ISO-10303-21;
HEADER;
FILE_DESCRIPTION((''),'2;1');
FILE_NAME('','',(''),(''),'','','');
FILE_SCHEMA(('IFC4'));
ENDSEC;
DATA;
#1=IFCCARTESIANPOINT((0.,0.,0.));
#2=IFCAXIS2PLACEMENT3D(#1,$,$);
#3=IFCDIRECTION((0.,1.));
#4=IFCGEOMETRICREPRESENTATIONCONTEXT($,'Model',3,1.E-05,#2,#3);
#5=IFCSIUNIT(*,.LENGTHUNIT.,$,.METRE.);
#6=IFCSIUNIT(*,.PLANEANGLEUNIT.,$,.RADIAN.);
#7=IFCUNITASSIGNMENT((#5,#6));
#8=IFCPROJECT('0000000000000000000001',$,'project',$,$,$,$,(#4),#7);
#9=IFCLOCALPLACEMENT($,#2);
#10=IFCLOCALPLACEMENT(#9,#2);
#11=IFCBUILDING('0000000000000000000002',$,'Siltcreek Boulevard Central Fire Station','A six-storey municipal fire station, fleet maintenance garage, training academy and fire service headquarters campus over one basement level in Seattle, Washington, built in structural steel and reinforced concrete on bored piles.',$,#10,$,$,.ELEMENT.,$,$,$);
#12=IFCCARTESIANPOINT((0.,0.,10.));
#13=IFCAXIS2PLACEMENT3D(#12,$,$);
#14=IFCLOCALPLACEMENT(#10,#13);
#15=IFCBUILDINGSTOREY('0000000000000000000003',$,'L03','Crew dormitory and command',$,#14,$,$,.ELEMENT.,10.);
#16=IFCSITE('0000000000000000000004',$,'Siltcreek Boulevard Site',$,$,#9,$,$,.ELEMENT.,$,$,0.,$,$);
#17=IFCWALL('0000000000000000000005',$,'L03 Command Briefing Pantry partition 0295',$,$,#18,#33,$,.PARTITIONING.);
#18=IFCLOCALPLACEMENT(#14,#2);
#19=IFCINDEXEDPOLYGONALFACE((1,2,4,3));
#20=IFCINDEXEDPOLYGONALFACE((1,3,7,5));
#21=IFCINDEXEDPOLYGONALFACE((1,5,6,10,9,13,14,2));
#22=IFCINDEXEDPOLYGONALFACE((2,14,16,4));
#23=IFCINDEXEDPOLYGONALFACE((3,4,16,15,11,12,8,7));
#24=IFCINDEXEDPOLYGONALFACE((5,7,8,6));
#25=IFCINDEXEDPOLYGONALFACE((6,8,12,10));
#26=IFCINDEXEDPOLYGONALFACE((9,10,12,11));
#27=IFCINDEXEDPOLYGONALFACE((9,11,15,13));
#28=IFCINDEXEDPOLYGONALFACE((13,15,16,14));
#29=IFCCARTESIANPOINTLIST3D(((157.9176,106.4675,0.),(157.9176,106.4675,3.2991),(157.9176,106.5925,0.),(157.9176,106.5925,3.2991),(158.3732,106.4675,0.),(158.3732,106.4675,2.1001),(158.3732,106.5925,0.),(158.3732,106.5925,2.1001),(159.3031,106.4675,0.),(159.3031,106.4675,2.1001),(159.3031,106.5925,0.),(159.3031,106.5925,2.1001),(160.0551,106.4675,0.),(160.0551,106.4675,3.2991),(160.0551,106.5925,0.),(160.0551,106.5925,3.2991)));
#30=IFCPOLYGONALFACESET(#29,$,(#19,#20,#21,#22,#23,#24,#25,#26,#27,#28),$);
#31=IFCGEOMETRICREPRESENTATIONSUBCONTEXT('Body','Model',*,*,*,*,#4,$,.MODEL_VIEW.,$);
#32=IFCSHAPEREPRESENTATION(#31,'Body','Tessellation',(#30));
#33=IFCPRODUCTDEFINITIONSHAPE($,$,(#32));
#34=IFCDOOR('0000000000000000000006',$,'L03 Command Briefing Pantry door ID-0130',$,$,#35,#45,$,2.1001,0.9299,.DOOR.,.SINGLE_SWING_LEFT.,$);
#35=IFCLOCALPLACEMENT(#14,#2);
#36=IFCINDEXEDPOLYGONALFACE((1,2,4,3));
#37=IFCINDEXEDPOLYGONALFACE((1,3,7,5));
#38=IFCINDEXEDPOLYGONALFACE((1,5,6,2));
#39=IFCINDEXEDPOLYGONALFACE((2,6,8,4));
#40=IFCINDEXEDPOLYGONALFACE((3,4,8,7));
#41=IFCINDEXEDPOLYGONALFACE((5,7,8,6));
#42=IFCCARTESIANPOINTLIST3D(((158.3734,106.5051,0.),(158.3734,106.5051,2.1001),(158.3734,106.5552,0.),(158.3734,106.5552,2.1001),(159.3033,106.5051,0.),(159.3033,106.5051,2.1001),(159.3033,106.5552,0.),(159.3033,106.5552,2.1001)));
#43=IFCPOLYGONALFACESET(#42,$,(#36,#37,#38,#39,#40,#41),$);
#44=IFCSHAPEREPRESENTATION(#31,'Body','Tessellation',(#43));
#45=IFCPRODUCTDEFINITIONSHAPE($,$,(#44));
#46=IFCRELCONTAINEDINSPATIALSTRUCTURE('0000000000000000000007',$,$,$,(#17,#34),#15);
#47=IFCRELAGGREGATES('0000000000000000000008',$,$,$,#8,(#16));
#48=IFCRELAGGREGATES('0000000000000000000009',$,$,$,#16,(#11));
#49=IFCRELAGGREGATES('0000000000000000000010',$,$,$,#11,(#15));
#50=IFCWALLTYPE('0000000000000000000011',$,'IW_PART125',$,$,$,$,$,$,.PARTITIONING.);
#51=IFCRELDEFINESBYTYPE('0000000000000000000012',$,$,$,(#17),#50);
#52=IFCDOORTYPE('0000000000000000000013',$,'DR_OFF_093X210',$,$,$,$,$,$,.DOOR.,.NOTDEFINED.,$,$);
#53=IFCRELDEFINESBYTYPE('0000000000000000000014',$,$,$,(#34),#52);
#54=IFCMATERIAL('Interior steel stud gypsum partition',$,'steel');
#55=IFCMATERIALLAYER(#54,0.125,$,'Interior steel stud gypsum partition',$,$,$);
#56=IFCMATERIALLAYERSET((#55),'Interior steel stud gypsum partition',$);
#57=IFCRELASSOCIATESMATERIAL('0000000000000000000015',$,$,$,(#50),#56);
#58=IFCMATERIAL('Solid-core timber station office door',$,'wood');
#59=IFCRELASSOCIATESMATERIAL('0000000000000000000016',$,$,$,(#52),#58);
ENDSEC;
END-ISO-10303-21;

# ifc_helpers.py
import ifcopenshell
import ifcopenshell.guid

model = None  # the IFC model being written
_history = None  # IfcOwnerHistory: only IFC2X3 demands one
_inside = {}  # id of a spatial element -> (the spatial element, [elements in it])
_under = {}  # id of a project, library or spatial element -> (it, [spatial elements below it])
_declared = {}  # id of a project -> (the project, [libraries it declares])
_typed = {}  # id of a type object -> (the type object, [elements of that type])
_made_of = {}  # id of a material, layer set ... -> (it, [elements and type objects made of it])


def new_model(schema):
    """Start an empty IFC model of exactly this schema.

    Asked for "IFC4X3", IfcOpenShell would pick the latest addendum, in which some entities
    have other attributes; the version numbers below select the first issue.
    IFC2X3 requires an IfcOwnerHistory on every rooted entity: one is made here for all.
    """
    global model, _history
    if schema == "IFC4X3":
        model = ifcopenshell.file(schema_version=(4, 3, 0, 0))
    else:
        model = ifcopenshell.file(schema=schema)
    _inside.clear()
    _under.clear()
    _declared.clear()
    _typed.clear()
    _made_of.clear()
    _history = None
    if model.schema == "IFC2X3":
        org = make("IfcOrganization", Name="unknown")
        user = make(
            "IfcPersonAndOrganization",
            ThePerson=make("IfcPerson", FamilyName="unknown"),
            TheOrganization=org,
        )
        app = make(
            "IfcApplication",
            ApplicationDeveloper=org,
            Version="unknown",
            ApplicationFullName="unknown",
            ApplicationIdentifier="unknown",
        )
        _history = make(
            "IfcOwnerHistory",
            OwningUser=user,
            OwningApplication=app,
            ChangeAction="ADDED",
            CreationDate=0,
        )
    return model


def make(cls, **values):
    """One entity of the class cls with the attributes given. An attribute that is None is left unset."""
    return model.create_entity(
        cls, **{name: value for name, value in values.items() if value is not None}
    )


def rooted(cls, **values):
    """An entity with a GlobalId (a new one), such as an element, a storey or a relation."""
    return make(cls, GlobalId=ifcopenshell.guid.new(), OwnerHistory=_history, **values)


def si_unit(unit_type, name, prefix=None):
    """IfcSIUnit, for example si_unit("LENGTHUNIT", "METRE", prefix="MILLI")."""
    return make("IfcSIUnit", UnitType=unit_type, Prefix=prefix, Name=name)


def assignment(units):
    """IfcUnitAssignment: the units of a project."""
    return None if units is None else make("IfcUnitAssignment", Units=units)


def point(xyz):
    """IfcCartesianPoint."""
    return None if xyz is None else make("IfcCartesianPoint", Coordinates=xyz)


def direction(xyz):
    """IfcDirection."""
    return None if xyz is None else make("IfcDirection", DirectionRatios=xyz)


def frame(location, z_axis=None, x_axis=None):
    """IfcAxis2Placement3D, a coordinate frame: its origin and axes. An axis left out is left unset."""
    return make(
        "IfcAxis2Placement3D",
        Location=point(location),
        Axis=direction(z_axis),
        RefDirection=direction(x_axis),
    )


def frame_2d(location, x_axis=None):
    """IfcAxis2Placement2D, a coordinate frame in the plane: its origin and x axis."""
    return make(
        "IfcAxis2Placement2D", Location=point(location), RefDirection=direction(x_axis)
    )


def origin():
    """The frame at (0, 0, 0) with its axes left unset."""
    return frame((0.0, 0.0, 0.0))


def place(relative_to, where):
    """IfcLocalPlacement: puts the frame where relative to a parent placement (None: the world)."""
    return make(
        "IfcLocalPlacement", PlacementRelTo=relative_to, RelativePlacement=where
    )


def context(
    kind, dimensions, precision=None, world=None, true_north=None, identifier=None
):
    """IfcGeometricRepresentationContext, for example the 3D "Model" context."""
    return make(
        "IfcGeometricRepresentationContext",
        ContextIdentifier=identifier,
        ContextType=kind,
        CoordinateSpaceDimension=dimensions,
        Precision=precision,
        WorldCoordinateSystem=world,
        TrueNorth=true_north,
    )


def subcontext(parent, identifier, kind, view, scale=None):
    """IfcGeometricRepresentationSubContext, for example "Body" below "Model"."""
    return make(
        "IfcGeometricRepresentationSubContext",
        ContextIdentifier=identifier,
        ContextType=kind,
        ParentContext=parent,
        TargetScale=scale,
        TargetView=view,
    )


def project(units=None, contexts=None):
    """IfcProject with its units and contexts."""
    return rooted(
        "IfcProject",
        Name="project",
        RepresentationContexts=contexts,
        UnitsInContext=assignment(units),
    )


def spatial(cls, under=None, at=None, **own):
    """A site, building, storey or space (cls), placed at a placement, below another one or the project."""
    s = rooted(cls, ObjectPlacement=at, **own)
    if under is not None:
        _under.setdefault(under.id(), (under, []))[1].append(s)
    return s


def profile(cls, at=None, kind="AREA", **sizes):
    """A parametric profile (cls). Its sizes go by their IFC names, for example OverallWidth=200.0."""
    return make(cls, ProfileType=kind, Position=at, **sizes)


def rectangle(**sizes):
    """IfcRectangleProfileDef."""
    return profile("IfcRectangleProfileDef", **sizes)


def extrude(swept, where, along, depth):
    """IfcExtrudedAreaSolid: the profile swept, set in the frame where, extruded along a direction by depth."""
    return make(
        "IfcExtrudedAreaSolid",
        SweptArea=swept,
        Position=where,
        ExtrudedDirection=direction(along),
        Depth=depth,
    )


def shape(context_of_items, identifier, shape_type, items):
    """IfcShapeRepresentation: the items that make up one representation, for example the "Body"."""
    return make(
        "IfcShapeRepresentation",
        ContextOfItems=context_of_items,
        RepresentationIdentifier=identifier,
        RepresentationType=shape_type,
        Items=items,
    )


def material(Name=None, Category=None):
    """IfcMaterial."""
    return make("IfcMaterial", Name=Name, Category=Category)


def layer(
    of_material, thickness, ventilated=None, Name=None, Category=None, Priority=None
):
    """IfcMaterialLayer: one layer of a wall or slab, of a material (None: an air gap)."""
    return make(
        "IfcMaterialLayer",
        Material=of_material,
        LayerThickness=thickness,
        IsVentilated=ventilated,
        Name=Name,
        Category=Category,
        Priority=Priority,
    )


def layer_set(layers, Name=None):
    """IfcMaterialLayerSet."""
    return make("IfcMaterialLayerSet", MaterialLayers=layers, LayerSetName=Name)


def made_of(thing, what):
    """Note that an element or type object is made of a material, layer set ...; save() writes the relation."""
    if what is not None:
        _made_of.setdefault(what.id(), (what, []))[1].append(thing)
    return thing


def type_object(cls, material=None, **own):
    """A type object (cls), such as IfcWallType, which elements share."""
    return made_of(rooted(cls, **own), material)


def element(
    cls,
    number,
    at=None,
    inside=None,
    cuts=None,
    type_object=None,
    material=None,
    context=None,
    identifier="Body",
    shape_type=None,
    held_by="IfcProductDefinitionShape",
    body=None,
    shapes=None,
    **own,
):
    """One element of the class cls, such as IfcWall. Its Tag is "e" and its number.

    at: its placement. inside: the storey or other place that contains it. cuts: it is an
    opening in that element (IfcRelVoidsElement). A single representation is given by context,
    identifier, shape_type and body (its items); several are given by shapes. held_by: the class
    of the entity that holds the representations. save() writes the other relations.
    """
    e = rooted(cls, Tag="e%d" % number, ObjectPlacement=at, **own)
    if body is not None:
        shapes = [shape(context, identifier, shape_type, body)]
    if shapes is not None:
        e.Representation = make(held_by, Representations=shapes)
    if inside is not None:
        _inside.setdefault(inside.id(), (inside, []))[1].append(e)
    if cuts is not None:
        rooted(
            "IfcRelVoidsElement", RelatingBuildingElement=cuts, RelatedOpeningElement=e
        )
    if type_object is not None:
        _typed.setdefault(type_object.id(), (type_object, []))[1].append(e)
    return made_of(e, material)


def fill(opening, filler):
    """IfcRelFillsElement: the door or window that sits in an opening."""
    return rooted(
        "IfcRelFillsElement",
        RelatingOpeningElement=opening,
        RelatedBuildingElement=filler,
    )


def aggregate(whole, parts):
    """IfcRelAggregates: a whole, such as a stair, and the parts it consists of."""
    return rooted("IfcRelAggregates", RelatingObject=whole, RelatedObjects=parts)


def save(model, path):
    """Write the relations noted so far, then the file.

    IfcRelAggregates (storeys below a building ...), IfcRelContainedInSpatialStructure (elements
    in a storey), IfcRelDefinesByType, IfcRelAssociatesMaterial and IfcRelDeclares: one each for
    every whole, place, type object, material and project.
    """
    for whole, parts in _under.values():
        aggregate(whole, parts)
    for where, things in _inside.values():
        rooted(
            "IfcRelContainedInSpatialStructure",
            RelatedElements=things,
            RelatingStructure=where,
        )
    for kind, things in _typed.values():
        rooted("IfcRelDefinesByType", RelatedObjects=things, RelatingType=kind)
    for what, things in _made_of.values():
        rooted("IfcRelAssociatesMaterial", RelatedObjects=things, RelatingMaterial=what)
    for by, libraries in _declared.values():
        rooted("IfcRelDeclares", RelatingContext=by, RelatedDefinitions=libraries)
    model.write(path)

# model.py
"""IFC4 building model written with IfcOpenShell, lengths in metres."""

from ifc_helpers import new_model, si_unit, direction, frame, frame_2d, origin, place, context, subcontext, project, spatial, rectangle, extrude, material, layer, layer_set, type_object, element, fill, save


model = new_model("IFC4")

# Units and contexts
model_context = context("Model", 3, precision=1e-05, world=origin(), true_north=direction((0.0, 1.0)))
body_context = subcontext(model_context, "Body", "Model", "MODEL_VIEW")
ifc_project = project(units=[si_unit("LENGTHUNIT", "METRE"), si_unit("PLANEANGLEUNIT", "RADIAN")], contexts=[model_context])

# Site, building, storey
site_placement = place(None, origin())
site = spatial("IfcSite", under=ifc_project, at=site_placement, Name="Siltcreek Boulevard Site", CompositionType="ELEMENT", RefElevation=0.0)
building_placement = place(site_placement, origin())
building = spatial("IfcBuilding", under=site, at=building_placement, Name="Siltcreek Boulevard Central Fire Station", Description="A six-storey municipal fire station, fleet maintenance garage, training academy and fire service headquarters campus over one basement level in Seattle, Washington, built in structural steel and reinforced concrete on bored piles.", CompositionType="ELEMENT")
storey_placement = place(building_placement, frame((0.0, 0.0, 10.0)))
storey = spatial("IfcBuildingStorey", under=building, at=storey_placement, Name="L03", Description="Crew dormitory and command", CompositionType="ELEMENT", Elevation=10.0)

# Wall, opening, door
ifc_material_1 = material(Name="Interior steel stud gypsum partition", Category="steel")
ifc_layer_1 = layer(ifc_material_1, 0.125, Name="Interior steel stud gypsum partition")
ifc_layer_set_1 = layer_set([ifc_layer_1], Name="Interior steel stud gypsum partition")
wall_type_1 = type_object("IfcWallType", Name="IW_PART125", PredefinedType="PARTITIONING", material=ifc_layer_set_1)
wall_1_placement = place(storey_placement, frame((157.9175, 106.53, 0.0), z_axis=(0.0, 0.0, 1.0), x_axis=(1.0, 0.0, 0.0)))
wall_1 = element("IfcWall", 1, at=wall_1_placement, inside=storey, type_object=wall_type_1, Name="L03 Command Briefing Pantry partition 0295", PredefinedType="PARTITIONING", context=body_context, shape_type="SweptSolid", body=[
    extrude(rectangle(XDim=2.1375, YDim=0.125, at=frame_2d((1.0688, 0.0))), origin(), (0.0, 0.0, 1.0), 3.2991),
])
opening_1_placement = place(wall_1_placement, frame((0.4558, 0.0, 0.0)))
opening_1 = element("IfcOpeningElement", 2, at=opening_1_placement, cuts=wall_1, PredefinedType="OPENING", context=body_context, shape_type="SweptSolid", body=[
    extrude(rectangle(XDim=0.9299, YDim=2.1001, at=frame_2d((0.4648, 1.05))), frame((0.0, 0.0725, 0.0), z_axis=(0.0, -1.0, 0.0), x_axis=(1.0, 0.0, 0.0)), (0.0, 0.0, 1.0), 0.145),
])
ifc_material_2 = material(Name="Solid-core timber station office door", Category="wood")
door_type = type_object("IfcDoorType", Name="DR_OFF_093X210", OperationType="NOTDEFINED", PredefinedType="DOOR", material=ifc_material_2)
door_placement = place(opening_1_placement, frame((0.9299, 0.0, 0.0), z_axis=(0.0, 0.0, 1.0), x_axis=(-1.0, 0.0, 0.0)))
door = element("IfcDoor", 3, at=door_placement, inside=storey, type_object=door_type, Name="L03 Command Briefing Pantry door ID-0130", OperationType="SINGLE_SWING_LEFT", OverallHeight=2.1001, OverallWidth=0.9299, PredefinedType="DOOR", context=body_context, shape_type="SweptSolid", body=[
    extrude(rectangle(XDim=0.9299, YDim=2.1001, at=frame_2d((0.4648, 1.05))), frame((0.0, 0.0249, 0.0), z_axis=(0.0, -1.0, 0.0), x_axis=(1.0, 0.0, 0.0)), (0.0, 0.0, 1.0), 0.05),
])
fill(opening_1, door)

save(model, "model.ifc")
